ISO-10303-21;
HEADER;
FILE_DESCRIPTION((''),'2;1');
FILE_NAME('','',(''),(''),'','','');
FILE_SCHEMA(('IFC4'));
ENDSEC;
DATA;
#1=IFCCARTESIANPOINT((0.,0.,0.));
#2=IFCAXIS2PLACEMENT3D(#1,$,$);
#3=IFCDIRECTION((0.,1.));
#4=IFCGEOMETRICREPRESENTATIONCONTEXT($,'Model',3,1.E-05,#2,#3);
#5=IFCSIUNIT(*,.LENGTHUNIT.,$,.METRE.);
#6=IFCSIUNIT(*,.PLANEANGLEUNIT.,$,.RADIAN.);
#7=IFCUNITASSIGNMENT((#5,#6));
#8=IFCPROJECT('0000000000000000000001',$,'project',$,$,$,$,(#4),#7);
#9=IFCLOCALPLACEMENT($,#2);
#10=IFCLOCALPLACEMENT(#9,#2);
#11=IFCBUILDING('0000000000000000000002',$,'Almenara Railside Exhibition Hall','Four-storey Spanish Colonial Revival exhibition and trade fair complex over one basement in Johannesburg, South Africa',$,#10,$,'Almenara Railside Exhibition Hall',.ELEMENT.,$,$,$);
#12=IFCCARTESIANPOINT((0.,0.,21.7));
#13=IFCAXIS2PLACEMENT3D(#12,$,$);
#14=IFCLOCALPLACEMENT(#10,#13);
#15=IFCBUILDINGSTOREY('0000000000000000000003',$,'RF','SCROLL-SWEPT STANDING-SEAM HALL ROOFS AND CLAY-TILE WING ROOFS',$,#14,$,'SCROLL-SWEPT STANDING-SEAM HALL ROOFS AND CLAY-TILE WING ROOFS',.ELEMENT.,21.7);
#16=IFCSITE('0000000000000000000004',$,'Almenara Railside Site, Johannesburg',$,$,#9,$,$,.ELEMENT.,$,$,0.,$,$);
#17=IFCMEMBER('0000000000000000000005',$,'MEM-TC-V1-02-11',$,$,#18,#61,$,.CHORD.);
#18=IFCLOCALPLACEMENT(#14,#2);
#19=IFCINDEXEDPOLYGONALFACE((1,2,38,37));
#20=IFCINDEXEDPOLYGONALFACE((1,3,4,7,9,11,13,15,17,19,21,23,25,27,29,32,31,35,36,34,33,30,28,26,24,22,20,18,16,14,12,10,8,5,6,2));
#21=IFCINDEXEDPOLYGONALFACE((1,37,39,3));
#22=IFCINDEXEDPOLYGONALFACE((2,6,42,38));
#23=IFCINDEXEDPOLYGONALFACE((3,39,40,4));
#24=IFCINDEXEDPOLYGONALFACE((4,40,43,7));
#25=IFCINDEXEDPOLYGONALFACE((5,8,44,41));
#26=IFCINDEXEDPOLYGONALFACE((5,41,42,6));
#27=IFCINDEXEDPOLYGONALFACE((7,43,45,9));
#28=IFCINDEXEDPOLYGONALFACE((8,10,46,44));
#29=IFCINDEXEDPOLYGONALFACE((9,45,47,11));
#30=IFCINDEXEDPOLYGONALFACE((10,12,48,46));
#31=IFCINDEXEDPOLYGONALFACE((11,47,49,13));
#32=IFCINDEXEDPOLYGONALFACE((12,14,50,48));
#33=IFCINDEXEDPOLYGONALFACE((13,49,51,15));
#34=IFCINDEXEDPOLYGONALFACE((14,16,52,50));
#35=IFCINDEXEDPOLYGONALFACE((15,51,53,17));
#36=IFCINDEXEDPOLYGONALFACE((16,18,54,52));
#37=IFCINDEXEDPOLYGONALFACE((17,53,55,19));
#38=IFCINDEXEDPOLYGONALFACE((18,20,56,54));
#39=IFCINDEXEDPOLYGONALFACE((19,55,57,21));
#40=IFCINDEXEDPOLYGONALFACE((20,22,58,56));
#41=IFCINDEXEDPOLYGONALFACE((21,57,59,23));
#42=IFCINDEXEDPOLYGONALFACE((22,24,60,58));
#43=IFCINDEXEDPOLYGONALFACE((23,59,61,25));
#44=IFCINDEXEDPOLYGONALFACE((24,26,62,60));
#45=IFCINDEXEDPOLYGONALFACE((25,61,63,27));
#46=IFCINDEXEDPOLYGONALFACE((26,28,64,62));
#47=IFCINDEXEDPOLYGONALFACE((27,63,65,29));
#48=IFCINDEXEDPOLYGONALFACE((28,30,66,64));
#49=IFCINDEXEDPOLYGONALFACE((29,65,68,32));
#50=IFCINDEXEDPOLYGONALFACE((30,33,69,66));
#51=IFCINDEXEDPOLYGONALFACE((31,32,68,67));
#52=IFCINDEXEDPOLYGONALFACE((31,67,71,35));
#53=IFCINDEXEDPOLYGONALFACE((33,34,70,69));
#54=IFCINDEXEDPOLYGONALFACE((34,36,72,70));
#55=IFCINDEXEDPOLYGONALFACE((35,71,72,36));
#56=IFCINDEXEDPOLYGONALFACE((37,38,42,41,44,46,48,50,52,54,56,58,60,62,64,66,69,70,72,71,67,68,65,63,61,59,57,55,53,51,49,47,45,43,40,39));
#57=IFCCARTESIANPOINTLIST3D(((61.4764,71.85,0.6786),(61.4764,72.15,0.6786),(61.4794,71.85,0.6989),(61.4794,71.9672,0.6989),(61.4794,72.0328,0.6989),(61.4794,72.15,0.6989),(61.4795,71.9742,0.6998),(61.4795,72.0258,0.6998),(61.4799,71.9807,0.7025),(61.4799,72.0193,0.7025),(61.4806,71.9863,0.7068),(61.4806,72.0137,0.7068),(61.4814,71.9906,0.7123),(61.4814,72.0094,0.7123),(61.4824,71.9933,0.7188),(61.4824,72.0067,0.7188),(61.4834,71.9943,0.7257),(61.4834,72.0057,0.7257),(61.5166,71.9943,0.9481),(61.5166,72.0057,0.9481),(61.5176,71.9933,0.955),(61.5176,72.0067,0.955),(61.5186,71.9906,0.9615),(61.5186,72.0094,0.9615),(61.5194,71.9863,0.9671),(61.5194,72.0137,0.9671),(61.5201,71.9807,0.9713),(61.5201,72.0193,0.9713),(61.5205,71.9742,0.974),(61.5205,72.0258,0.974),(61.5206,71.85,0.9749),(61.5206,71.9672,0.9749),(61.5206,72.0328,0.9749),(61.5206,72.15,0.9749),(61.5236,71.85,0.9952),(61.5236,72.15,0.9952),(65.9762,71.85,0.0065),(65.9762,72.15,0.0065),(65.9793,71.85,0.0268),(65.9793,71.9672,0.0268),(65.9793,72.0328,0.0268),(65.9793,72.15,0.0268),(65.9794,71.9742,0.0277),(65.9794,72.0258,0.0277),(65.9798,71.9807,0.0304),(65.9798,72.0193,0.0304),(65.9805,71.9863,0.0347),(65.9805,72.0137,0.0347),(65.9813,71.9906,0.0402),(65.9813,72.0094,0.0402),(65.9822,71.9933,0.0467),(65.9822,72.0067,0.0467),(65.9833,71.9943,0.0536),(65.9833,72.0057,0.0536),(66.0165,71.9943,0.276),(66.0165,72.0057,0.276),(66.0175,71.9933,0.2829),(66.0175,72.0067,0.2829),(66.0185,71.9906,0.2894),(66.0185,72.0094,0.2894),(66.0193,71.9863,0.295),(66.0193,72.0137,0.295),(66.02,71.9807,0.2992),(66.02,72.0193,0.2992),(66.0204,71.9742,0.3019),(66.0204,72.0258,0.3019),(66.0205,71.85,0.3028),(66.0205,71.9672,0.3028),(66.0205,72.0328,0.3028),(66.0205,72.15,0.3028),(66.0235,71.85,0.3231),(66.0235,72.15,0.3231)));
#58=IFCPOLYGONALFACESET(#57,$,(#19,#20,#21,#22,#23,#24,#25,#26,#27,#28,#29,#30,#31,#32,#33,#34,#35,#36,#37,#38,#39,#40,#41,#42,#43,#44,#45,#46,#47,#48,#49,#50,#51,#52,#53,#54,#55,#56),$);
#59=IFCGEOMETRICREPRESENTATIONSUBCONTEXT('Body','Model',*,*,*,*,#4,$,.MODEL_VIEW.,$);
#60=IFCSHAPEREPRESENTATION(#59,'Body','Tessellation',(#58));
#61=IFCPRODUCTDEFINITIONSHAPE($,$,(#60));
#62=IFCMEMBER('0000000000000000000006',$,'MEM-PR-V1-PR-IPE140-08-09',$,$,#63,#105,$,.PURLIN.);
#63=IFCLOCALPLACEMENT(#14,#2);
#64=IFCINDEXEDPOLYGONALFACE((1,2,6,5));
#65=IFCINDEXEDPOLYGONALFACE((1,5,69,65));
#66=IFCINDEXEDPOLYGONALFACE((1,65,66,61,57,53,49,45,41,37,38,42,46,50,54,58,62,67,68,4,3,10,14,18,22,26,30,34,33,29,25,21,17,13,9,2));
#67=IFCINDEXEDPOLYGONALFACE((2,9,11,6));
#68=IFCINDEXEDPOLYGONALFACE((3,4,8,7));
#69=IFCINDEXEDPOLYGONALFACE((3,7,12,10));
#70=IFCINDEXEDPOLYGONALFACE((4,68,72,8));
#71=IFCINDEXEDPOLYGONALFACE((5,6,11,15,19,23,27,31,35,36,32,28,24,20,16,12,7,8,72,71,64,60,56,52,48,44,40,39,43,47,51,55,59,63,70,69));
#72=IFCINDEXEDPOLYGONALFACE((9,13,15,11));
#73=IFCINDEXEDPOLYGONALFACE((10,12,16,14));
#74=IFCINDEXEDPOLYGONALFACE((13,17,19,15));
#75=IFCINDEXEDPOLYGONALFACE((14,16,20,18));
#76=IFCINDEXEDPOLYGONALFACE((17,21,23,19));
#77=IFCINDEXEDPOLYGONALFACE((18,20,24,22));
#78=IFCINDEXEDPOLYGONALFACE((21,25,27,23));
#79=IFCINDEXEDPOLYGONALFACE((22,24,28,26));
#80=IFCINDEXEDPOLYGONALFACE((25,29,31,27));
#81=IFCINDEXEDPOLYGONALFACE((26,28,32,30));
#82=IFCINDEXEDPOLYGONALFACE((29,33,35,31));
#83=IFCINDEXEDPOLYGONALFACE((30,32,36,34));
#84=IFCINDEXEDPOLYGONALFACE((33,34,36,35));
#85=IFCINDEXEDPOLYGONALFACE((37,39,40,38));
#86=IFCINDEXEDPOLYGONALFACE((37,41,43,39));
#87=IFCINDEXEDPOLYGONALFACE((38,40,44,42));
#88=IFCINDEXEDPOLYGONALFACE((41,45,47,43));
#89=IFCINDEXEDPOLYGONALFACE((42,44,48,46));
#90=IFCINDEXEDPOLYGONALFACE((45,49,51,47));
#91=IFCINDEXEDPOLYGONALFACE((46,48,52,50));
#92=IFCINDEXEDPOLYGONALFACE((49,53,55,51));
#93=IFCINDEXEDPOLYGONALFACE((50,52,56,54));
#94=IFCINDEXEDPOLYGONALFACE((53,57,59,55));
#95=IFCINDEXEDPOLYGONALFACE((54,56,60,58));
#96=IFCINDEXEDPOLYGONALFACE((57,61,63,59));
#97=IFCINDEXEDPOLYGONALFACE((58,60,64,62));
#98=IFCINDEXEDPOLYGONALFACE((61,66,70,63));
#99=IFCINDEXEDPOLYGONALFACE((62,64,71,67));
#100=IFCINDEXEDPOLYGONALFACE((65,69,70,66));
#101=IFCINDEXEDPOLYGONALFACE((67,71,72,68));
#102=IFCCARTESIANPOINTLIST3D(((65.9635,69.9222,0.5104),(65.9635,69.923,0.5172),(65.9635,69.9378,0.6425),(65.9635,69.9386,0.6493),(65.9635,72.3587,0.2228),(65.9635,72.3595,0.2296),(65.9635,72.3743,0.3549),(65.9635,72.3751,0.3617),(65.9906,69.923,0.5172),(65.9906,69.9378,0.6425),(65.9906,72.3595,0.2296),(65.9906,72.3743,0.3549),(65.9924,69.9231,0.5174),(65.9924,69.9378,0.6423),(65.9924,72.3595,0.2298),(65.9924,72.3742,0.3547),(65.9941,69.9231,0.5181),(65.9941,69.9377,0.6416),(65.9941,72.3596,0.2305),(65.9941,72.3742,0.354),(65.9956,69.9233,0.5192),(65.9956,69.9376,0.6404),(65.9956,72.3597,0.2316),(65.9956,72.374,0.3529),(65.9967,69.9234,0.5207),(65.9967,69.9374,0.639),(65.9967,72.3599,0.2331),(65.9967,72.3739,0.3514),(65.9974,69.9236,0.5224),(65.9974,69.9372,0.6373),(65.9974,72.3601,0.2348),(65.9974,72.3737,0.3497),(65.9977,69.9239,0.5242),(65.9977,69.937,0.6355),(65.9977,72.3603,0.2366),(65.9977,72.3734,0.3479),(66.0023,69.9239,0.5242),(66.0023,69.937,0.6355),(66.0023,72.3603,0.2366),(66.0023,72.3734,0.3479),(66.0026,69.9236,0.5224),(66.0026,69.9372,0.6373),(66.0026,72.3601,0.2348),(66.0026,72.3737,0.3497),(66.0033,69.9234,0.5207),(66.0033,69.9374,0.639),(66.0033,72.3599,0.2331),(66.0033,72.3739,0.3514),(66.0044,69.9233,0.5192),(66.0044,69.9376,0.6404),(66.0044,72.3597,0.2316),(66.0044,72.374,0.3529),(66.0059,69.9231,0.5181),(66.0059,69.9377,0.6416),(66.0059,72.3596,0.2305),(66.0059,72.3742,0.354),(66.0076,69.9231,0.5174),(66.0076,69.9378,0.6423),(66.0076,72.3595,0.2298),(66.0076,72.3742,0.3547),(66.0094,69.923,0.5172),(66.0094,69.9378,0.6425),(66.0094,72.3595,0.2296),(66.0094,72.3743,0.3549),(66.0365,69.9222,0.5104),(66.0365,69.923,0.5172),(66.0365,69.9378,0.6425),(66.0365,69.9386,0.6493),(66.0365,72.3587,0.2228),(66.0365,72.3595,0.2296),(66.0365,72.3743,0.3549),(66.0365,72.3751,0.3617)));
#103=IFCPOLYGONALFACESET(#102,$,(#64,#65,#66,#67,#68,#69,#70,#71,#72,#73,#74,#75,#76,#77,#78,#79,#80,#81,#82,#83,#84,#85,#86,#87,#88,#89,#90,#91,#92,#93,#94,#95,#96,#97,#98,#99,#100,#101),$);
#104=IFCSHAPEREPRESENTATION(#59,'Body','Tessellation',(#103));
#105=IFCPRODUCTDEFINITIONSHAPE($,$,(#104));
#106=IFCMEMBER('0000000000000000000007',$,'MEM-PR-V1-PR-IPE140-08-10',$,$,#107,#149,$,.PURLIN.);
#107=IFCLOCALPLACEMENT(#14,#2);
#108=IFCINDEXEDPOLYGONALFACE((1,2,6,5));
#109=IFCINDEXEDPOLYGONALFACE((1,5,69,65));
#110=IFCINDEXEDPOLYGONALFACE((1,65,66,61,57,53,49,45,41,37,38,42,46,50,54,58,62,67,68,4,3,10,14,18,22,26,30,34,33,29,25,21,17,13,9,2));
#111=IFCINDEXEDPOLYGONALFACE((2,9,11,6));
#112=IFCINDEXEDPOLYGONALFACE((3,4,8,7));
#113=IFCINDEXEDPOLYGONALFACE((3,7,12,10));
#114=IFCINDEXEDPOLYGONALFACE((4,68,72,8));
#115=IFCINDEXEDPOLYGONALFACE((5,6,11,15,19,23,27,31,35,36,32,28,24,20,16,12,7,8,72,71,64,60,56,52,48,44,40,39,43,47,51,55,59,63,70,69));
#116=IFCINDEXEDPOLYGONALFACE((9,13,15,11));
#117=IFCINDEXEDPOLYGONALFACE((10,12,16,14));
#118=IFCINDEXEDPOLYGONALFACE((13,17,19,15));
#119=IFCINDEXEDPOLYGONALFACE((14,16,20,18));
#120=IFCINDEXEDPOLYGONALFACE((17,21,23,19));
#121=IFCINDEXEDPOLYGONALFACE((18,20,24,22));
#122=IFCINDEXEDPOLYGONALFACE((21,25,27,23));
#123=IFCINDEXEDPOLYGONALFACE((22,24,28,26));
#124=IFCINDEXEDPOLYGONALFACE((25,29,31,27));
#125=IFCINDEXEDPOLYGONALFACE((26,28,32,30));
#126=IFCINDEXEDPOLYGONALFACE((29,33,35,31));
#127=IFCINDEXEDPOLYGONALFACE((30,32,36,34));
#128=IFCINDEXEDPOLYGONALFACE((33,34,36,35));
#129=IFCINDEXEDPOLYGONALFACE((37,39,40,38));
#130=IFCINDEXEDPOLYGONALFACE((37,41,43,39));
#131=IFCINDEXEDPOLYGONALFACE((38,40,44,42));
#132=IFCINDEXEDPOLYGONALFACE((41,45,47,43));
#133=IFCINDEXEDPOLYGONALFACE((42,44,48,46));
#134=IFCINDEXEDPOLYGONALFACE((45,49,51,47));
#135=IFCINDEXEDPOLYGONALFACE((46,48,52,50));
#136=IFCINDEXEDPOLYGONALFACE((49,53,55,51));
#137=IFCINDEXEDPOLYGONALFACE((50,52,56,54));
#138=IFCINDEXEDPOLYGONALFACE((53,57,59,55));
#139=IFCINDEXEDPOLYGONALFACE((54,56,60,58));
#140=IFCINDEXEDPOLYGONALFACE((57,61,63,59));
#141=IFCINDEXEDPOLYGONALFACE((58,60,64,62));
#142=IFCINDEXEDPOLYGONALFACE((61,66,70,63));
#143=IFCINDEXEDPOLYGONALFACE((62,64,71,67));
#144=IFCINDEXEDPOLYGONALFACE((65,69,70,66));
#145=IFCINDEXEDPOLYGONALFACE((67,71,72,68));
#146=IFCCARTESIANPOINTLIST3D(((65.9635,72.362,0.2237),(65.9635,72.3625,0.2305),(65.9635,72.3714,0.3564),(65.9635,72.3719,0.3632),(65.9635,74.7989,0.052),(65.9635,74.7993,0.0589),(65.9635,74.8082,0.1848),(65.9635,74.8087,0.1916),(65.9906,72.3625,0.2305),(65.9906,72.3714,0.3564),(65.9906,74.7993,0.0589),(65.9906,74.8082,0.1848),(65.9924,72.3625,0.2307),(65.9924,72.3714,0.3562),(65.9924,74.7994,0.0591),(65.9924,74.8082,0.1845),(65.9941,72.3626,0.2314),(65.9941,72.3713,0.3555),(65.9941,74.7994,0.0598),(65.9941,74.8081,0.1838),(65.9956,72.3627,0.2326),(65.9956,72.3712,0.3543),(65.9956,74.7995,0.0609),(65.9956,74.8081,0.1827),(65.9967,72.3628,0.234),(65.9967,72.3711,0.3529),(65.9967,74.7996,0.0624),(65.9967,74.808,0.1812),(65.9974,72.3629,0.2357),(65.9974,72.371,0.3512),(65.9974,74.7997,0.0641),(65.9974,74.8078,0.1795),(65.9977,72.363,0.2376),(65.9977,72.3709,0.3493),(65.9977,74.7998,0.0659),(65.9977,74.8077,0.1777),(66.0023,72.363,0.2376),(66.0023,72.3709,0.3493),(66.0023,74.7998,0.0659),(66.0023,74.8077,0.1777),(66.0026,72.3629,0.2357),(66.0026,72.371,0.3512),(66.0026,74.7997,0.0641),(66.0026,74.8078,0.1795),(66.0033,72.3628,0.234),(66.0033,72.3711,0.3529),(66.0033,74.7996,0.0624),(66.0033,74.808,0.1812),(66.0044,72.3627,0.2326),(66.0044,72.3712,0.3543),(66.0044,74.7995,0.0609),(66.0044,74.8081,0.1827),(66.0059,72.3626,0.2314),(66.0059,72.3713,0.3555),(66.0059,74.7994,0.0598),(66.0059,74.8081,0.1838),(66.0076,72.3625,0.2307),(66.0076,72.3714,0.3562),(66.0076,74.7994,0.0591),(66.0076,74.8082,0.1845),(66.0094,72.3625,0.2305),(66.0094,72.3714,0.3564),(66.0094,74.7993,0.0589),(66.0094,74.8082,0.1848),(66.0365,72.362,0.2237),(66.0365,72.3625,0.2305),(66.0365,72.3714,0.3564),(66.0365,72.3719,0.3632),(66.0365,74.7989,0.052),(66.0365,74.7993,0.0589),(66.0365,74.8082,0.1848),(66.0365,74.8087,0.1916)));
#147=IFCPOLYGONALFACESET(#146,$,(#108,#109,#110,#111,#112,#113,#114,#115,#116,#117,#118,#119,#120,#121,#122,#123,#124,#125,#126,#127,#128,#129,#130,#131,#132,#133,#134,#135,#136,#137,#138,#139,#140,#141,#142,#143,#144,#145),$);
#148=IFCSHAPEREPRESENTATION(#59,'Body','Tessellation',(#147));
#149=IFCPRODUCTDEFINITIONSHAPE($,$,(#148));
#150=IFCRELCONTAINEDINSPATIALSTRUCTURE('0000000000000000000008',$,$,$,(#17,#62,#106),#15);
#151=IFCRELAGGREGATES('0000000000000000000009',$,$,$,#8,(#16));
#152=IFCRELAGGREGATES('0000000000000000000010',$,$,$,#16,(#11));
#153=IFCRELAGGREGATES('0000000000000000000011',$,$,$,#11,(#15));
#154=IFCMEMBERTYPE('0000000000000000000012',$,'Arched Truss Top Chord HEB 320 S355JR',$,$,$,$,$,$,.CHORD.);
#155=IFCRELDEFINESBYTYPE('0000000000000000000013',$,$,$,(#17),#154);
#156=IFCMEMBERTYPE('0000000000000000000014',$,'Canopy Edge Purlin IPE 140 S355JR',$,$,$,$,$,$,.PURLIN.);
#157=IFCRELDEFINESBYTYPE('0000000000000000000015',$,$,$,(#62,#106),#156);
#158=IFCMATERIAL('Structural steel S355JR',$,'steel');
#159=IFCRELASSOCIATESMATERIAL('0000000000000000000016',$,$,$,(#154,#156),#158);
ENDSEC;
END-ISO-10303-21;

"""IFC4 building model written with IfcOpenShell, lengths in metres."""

from ifc_helpers import new_model, si_unit, direction, frame, origin, origin_2d, place, context, subcontext, project, spatial, i_section, extrude, material, material_profile, profile_set, type_object, element, save


model = new_model("IFC4")

# Units and contexts
model_context = context("Model", 3, precision=1e-05, world=origin(), true_north=direction((0.0, 1.0)))
body_context = subcontext(model_context, "Body", "Model", "MODEL_VIEW")
ifc_project = project(units=[si_unit("LENGTHUNIT", "METRE"), si_unit("PLANEANGLEUNIT", "RADIAN")], contexts=[model_context])

# Site, building, storey
site_placement = place(None, origin())
site = spatial("IfcSite", under=ifc_project, at=site_placement, Name="Almenara Railside Site, Johannesburg", CompositionType="ELEMENT", RefElevation=0.0)
building_placement = place(site_placement, origin())
building = spatial("IfcBuilding", under=site, at=building_placement, Name="Almenara Railside Exhibition Hall", Description="Four-storey Spanish Colonial Revival exhibition and trade fair complex over one basement in Johannesburg, South Africa", LongName="Almenara Railside Exhibition Hall", CompositionType="ELEMENT")
storey_placement = place(building_placement, frame((0.0, 0.0, 21.7)))
storey = spatial("IfcBuildingStorey", under=building, at=storey_placement, Name="RF", Description="SCROLL-SWEPT STANDING-SEAM HALL ROOFS AND CLAY-TILE WING ROOFS", LongName="SCROLL-SWEPT STANDING-SEAM HALL ROOFS AND CLAY-TILE WING ROOFS", CompositionType="ELEMENT", Elevation=21.7)

# Shared definitions
ifc_material_1 = material(Name="Structural steel S355JR", Category="steel")

# Members
ifc_material_profile_1 = material_profile(ifc_material_1, i_section(OverallWidth=0.3, OverallDepth=0.3201, WebThickness=0.0115, FlangeThickness=0.0205, FilletRadius=0.0271, at=origin_2d()), Name="HEB 320")
ifc_profile_set_1 = profile_set([ifc_material_profile_1], Name="Structural steel S355JR")
member_type_1 = type_object("IfcMemberType", Name="Arched Truss Top Chord HEB 320 S355JR", PredefinedType="CHORD", material=ifc_profile_set_1)
member_1_placement = place(storey_placement, frame((61.5, 72.0, 0.8369), z_axis=(0.989029, 0.0, -0.147721), x_axis=(0.0, 1.0, 0.0)))
element("IfcMember", 1, at=member_1_placement, inside=storey, type_object=member_type_1, Name="MEM-TC-V1-02-11", PredefinedType="CHORD", context=body_context, shape_type="SweptSolid", body=[
    extrude(i_section(OverallWidth=0.3, OverallDepth=0.3201, WebThickness=0.0115, FlangeThickness=0.0205, FilletRadius=0.0271, at=origin_2d()), origin(), (0.0, 0.0, 1.0), 4.5498),
])
ifc_material_profile_2 = material_profile(ifc_material_1, i_section(OverallWidth=0.073, OverallDepth=0.1399, WebThickness=0.0046, FlangeThickness=0.0068, FilletRadius=0.0071, at=origin_2d()), Name="IPE 140")
ifc_profile_set_2 = profile_set([ifc_material_profile_2], Name="Structural steel S355JR")
member_type_2 = type_object("IfcMemberType", Name="Canopy Edge Purlin IPE 140 S355JR", PredefinedType="PURLIN", material=ifc_profile_set_2)
member_2_placement = place(storey_placement, frame((66.0, 69.9304, 0.5798), z_axis=(0.0, 0.993106, -0.117222), x_axis=(-1.0, 0.0, 0.0)))
element("IfcMember", 2, at=member_2_placement, inside=storey, type_object=member_type_2, Name="MEM-PR-V1-PR-IPE140-08-09", PredefinedType="PURLIN", context=body_context, shape_type="SweptSolid", body=[
    extrude(i_section(OverallWidth=0.073, OverallDepth=0.1399, WebThickness=0.0046, FlangeThickness=0.0068, FilletRadius=0.0071, at=origin_2d()), origin(), (0.0, 0.0, 1.0), 2.4534),
])
member_3_placement = place(storey_placement, frame((66.0, 72.3669, 0.2935), z_axis=(0.0, 0.997529, -0.07026), x_axis=(-1.0, 0.0, 0.0)))
element("IfcMember", 3, at=member_3_placement, inside=storey, type_object=member_type_2, Name="MEM-PR-V1-PR-IPE140-08-10", PredefinedType="PURLIN", context=body_context, shape_type="SweptSolid", body=[
    extrude(i_section(OverallWidth=0.073, OverallDepth=0.1399, WebThickness=0.0046, FlangeThickness=0.0068, FilletRadius=0.0071, at=origin_2d()), origin(), (0.0, 0.0, 1.0), 2.4429),
])

save(model, "model.ifc")
